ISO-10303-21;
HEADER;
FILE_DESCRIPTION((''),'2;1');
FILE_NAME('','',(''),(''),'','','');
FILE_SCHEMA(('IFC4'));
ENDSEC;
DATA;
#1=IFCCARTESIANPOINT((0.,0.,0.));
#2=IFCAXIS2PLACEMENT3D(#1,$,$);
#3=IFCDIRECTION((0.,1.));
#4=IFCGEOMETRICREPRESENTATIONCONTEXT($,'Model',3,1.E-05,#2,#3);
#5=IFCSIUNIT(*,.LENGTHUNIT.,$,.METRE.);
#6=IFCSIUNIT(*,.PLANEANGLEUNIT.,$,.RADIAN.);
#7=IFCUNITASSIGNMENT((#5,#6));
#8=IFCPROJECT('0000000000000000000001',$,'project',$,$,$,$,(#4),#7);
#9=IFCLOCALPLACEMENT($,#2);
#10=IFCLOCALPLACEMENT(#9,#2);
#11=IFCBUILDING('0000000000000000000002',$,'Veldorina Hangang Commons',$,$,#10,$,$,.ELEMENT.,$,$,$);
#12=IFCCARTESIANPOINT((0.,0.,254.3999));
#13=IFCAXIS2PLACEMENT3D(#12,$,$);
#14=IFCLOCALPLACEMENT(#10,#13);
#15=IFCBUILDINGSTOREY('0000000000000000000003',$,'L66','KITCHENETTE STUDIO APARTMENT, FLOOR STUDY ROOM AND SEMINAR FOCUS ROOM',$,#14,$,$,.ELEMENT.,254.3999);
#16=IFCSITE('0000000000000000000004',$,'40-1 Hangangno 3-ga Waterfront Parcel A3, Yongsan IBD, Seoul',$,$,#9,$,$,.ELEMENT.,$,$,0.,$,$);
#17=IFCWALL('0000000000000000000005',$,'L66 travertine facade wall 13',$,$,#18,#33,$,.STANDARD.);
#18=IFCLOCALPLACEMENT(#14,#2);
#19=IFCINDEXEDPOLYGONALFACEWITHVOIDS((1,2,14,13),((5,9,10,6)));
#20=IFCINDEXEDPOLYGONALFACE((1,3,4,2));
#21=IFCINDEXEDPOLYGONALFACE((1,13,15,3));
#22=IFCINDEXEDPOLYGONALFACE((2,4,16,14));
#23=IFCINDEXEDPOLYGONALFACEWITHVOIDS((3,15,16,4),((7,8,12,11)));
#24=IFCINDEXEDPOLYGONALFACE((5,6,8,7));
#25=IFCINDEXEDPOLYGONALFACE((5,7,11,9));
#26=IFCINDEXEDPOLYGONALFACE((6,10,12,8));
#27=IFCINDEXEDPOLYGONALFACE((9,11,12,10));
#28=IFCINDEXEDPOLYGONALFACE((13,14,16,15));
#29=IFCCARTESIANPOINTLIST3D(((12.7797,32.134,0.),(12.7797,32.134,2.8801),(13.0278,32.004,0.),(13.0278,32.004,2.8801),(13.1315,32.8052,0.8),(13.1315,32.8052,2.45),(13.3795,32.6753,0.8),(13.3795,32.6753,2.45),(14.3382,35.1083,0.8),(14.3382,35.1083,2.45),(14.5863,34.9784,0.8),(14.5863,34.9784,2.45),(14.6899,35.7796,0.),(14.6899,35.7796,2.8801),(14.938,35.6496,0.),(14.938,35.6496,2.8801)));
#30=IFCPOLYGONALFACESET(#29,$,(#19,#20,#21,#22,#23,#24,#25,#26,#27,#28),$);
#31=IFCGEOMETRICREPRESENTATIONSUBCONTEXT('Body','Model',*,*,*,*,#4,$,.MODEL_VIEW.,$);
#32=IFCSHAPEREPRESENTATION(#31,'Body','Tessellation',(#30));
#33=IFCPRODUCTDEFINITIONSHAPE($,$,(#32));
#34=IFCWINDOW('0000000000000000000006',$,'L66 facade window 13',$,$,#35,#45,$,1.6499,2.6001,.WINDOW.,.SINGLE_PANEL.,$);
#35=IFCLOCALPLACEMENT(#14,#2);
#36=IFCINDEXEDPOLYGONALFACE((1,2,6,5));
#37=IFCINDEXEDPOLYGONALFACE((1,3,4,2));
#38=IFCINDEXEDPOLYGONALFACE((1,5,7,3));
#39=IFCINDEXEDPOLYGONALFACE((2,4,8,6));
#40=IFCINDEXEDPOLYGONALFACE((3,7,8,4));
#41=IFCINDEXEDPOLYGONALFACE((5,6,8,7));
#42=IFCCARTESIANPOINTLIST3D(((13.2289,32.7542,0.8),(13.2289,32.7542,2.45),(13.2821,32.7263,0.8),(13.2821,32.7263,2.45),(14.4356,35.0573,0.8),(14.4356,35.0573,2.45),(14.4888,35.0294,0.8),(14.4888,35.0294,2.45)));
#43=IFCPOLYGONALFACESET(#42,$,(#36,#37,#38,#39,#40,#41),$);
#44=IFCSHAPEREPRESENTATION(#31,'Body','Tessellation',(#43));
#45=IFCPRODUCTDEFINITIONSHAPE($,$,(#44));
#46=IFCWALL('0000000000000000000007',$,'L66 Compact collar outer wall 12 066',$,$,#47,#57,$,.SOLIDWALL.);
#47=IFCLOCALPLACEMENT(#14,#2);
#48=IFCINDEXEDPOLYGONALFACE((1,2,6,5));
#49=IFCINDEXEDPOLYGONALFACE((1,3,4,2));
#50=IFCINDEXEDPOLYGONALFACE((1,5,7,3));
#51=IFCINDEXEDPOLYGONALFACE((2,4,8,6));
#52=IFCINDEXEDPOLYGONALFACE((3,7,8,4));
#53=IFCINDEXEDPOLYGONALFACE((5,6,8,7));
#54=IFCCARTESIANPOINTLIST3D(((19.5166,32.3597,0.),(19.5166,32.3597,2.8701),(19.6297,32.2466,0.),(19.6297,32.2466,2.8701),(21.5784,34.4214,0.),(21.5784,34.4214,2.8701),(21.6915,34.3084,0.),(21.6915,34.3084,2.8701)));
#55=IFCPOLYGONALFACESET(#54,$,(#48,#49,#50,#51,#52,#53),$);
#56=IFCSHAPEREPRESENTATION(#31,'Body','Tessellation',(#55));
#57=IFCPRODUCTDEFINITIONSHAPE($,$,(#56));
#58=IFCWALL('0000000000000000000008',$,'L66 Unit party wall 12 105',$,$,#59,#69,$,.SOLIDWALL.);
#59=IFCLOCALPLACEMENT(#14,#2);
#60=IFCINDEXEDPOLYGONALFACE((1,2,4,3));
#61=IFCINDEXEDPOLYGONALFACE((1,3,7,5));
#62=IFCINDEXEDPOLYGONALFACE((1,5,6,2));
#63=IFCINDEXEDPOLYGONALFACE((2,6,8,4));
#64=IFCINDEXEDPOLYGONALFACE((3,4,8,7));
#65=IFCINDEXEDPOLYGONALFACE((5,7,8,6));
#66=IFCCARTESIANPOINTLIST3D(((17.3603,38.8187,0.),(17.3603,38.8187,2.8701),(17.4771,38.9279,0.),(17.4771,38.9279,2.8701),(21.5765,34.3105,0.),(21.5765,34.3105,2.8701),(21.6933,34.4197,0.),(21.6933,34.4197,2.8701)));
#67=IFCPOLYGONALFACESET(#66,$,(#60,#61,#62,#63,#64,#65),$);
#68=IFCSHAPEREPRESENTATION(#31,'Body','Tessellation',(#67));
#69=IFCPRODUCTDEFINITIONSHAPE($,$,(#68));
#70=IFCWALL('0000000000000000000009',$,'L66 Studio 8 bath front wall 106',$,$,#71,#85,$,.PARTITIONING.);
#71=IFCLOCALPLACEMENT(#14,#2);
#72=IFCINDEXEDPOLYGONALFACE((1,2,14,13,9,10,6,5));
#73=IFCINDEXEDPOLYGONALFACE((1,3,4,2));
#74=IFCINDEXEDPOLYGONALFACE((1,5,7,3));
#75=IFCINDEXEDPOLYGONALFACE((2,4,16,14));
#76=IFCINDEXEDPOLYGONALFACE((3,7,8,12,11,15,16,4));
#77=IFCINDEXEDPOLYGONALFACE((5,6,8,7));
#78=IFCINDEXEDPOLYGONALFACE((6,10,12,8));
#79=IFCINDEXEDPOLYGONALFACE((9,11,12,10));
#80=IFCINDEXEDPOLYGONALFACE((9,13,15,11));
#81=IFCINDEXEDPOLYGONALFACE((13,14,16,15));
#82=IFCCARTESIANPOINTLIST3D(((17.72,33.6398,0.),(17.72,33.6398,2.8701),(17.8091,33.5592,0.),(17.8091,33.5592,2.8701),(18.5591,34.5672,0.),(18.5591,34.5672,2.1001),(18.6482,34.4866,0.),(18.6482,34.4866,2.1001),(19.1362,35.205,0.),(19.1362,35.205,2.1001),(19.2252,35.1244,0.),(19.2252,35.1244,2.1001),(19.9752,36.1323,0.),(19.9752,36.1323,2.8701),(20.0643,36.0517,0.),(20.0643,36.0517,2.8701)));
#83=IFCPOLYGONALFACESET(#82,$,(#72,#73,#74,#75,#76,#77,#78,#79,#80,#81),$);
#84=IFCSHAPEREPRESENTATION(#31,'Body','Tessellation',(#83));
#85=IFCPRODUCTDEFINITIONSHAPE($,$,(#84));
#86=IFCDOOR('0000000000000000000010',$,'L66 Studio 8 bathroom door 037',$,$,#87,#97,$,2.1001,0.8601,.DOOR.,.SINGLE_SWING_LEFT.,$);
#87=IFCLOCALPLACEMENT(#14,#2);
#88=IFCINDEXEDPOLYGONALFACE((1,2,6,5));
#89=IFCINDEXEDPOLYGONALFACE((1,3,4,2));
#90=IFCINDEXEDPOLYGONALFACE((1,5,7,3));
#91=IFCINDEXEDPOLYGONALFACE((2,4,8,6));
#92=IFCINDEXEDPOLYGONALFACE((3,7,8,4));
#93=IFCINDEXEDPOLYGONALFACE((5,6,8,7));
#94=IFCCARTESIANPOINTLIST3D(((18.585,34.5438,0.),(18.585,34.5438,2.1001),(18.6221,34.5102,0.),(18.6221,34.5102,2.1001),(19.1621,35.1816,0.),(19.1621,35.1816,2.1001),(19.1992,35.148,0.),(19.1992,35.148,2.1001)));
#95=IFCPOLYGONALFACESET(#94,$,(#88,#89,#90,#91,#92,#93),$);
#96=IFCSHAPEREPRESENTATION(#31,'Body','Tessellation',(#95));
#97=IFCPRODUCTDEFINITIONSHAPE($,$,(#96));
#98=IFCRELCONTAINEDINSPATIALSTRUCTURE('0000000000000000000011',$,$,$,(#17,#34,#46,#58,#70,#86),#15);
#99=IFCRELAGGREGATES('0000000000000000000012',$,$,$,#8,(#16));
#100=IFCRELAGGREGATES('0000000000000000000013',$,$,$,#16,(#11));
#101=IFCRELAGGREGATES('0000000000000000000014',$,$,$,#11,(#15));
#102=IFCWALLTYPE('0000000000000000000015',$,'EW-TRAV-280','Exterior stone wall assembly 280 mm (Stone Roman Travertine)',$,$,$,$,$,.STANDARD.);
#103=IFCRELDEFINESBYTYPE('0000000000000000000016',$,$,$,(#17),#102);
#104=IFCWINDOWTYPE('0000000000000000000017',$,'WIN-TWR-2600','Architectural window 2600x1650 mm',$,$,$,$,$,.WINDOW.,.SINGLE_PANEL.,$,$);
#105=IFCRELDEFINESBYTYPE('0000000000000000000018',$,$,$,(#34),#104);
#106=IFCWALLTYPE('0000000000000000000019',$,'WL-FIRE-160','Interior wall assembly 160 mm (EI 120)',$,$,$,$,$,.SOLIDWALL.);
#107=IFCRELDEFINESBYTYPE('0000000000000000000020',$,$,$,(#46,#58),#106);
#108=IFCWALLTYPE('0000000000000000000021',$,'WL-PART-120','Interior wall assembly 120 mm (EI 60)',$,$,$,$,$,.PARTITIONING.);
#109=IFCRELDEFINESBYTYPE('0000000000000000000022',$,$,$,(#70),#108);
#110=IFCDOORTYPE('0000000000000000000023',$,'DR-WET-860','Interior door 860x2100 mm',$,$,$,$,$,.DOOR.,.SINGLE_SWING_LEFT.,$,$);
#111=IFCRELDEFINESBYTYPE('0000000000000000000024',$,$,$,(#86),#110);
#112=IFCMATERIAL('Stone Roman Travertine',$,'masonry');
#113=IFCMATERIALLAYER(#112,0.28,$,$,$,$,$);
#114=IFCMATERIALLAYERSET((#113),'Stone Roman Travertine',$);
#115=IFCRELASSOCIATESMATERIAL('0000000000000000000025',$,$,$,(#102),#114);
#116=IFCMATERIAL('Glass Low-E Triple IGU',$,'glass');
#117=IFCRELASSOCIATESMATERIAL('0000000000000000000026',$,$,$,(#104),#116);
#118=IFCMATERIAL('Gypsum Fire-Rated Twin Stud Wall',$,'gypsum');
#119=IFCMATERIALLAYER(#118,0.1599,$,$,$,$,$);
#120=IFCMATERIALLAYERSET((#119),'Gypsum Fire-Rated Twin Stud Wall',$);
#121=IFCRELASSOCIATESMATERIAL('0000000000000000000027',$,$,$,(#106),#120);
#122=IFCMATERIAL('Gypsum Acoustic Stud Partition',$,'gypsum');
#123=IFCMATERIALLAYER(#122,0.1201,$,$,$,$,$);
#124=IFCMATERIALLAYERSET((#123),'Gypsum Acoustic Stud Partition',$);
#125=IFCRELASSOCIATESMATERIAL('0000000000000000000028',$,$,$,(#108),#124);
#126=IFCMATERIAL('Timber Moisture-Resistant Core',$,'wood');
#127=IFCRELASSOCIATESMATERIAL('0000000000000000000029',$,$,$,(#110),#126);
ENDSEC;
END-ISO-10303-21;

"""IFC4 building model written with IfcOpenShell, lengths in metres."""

from ifc_helpers import new_model, si_unit, direction, frame, frame_2d, origin, place, context, subcontext, project, spatial, rectangle, extrude, material, layer, layer_set, type_object, element, fill, save


model = new_model("IFC4")

# Units and contexts
model_context = context("Model", 3, precision=1e-05, world=origin(), true_north=direction((0.0, 1.0)))
body_context = subcontext(model_context, "Body", "Model", "MODEL_VIEW")
ifc_project = project(units=[si_unit("LENGTHUNIT", "METRE"), si_unit("PLANEANGLEUNIT", "RADIAN")], contexts=[model_context])

# Site, building, storey
site_placement = place(None, origin())
site = spatial("IfcSite", under=ifc_project, at=site_placement, Name="40-1 Hangangno 3-ga Waterfront Parcel A3, Yongsan IBD, Seoul", CompositionType="ELEMENT", RefElevation=0.0)
building_placement = place(site_placement, origin())
building = spatial("IfcBuilding", under=site, at=building_placement, Name="Veldorina Hangang Commons", CompositionType="ELEMENT")
storey_placement = place(building_placement, frame((0.0, 0.0, 254.3999)))
storey = spatial("IfcBuildingStorey", under=building, at=storey_placement, Name="L66", Description="KITCHENETTE STUDIO APARTMENT, FLOOR STUDY ROOM AND SEMINAR FOCUS ROOM", CompositionType="ELEMENT", Elevation=254.3999)

# Shared definitions
ifc_material_1 = material(Name="Stone Roman Travertine", Category="masonry")
ifc_layer_1 = layer(ifc_material_1, 0.28)
ifc_layer_set_1 = layer_set([ifc_layer_1], Name="Stone Roman Travertine")
wall_type_1 = type_object("IfcWallType", Name="EW-TRAV-280", Description="Exterior stone wall assembly 280 mm (Stone Roman Travertine)", PredefinedType="STANDARD", material=ifc_layer_set_1)
ifc_material_2 = material(Name="Glass Low-E Triple IGU", Category="glass")
window_type = type_object("IfcWindowType", Name="WIN-TWR-2600", Description="Architectural window 2600x1650 mm", PartitioningType="SINGLE_PANEL", PredefinedType="WINDOW", material=ifc_material_2)

# Wall, opening, window
wall_1_placement = place(storey_placement, frame((14.814, 35.7146, 0.0), z_axis=(0.0, 0.0, 1.0), x_axis=(-0.464122, -0.885771, 0.0)))
wall_1 = element("IfcWall", 1, at=wall_1_placement, inside=storey, type_object=wall_type_1, Name="L66 travertine facade wall 13", PredefinedType="STANDARD", context=body_context, shape_type="SweptSolid", body=[
    extrude(rectangle(XDim=4.1157, YDim=0.28, at=frame_2d((2.0579, 0.0))), origin(), (0.0, 0.0, 1.0), 2.8801),
])
opening_1_placement = place(wall_1_placement, frame((0.7578, 0.0, 0.8)))
opening_1 = element("IfcOpeningElement", 2, at=opening_1_placement, cuts=wall_1, PredefinedType="OPENING", context=body_context, shape_type="SweptSolid", body=[
    extrude(rectangle(XDim=2.6001, YDim=1.6499, at=frame_2d((1.3, 0.825))), frame((0.0, 0.1499, 0.0), z_axis=(0.0, -1.0, 0.0), x_axis=(1.0, 0.0, 0.0)), (0.0, 0.0, 1.0), 0.3),
])
window_1_placement = place(opening_1_placement, origin())
window_1 = element("IfcWindow", 3, at=window_1_placement, inside=storey, type_object=window_type, Name="L66 facade window 13", OverallHeight=1.6499, OverallWidth=2.6001, PartitioningType="SINGLE_PANEL", PredefinedType="WINDOW", context=body_context, shape_type="SweptSolid", body=[
    extrude(rectangle(XDim=2.6001, YDim=1.6499, at=frame_2d((1.3, 0.825))), frame((0.0, 0.03, 0.0), z_axis=(0.0, -1.0, 0.0), x_axis=(1.0, 0.0, 0.0)), (0.0, 0.0, 1.0), 0.0601),
])
fill(opening_1, window_1)

# Walls
ifc_material_3 = material(Name="Gypsum Fire-Rated Twin Stud Wall", Category="gypsum")
ifc_layer_2 = layer(ifc_material_3, 0.1599)
ifc_layer_set_2 = layer_set([ifc_layer_2], Name="Gypsum Fire-Rated Twin Stud Wall")
wall_type_2 = type_object("IfcWallType", Name="WL-FIRE-160", Description="Interior wall assembly 160 mm (EI 120)", PredefinedType="SOLIDWALL", material=ifc_layer_set_2)
wall_2_placement = place(storey_placement, frame((21.635, 34.365, 0.0), z_axis=(0.0, 0.0, 1.0), x_axis=(-0.707107, -0.707107, 0.0)))
element("IfcWall", 4, at=wall_2_placement, inside=storey, type_object=wall_type_2, Name="L66 Compact collar outer wall 12 066", PredefinedType="SOLIDWALL", context=body_context, shape_type="SweptSolid", body=[
    extrude(rectangle(XDim=2.9158, YDim=0.1599, at=frame_2d((1.458, 0.0))), origin(), (0.0, 0.0, 1.0), 2.8701),
])
wall_3_placement = place(storey_placement, frame((21.635, 34.365, 0.0), z_axis=(0.0, 0.0, 1.0), x_axis=(-0.683059, 0.730363, 0.0)))
element("IfcWall", 5, at=wall_3_placement, inside=storey, type_object=wall_type_2, Name="L66 Unit party wall 12 105", PredefinedType="SOLIDWALL", context=body_context, shape_type="SweptSolid", body=[
    extrude(rectangle(XDim=6.1726, YDim=0.1599, at=frame_2d((3.0864, 0.0))), origin(), (0.0, 0.0, 1.0), 2.8701),
])

# Wall, opening, door
ifc_material_4 = material(Name="Gypsum Acoustic Stud Partition", Category="gypsum")
ifc_layer_3 = layer(ifc_material_4, 0.1201)
ifc_layer_set_3 = layer_set([ifc_layer_3], Name="Gypsum Acoustic Stud Partition")
wall_type_3 = type_object("IfcWallType", Name="WL-PART-120", Description="Interior wall assembly 120 mm (EI 60)", PredefinedType="PARTITIONING", material=ifc_layer_set_3)
wall_4_placement = place(storey_placement, frame((20.0198, 36.092, 0.0), z_axis=(0.0, 0.0, 1.0), x_axis=(-0.670925, -0.741525, 0.0)))
wall_4 = element("IfcWall", 6, at=wall_4_placement, inside=storey, type_object=wall_type_3, Name="L66 Studio 8 bath front wall 106", PredefinedType="PARTITIONING", context=body_context, shape_type="SweptSolid", body=[
    extrude(rectangle(XDim=3.3613, YDim=0.1201, at=frame_2d((1.6807, 0.0))), origin(), (0.0, 0.0, 1.0), 2.8701),
])
opening_2_placement = place(wall_4_placement, frame((1.2505, 0.0, 0.0)))
opening_2 = element("IfcOpeningElement", 7, at=opening_2_placement, cuts=wall_4, PredefinedType="OPENING", context=body_context, shape_type="SweptSolid", body=[
    extrude(rectangle(XDim=0.8601, YDim=2.1001, at=frame_2d((0.4302, 1.05))), frame((0.0, 0.0701, 0.0), z_axis=(0.0, -1.0, 0.0), x_axis=(1.0, 0.0, 0.0)), (0.0, 0.0, 1.0), 0.1401),
])
ifc_material_5 = material(Name="Timber Moisture-Resistant Core", Category="wood")
door_type = type_object("IfcDoorType", Name="DR-WET-860", Description="Interior door 860x2100 mm", OperationType="SINGLE_SWING_LEFT", PredefinedType="DOOR", material=ifc_material_5)
door_placement = place(opening_2_placement, origin())
door = element("IfcDoor", 8, at=door_placement, inside=storey, type_object=door_type, Name="L66 Studio 8 bathroom door 037", OperationType="SINGLE_SWING_LEFT", OverallHeight=2.1001, OverallWidth=0.8601, PredefinedType="DOOR", context=body_context, shape_type="SweptSolid", body=[
    extrude(rectangle(XDim=0.8601, YDim=2.1001, at=frame_2d((0.4302, 1.05))), frame((0.0, 0.0249, 0.0), z_axis=(0.0, -1.0, 0.0), x_axis=(1.0, 0.0, 0.0)), (0.0, 0.0, 1.0), 0.05),
])
fill(opening_2, door)

save(model, "model.ifc")
